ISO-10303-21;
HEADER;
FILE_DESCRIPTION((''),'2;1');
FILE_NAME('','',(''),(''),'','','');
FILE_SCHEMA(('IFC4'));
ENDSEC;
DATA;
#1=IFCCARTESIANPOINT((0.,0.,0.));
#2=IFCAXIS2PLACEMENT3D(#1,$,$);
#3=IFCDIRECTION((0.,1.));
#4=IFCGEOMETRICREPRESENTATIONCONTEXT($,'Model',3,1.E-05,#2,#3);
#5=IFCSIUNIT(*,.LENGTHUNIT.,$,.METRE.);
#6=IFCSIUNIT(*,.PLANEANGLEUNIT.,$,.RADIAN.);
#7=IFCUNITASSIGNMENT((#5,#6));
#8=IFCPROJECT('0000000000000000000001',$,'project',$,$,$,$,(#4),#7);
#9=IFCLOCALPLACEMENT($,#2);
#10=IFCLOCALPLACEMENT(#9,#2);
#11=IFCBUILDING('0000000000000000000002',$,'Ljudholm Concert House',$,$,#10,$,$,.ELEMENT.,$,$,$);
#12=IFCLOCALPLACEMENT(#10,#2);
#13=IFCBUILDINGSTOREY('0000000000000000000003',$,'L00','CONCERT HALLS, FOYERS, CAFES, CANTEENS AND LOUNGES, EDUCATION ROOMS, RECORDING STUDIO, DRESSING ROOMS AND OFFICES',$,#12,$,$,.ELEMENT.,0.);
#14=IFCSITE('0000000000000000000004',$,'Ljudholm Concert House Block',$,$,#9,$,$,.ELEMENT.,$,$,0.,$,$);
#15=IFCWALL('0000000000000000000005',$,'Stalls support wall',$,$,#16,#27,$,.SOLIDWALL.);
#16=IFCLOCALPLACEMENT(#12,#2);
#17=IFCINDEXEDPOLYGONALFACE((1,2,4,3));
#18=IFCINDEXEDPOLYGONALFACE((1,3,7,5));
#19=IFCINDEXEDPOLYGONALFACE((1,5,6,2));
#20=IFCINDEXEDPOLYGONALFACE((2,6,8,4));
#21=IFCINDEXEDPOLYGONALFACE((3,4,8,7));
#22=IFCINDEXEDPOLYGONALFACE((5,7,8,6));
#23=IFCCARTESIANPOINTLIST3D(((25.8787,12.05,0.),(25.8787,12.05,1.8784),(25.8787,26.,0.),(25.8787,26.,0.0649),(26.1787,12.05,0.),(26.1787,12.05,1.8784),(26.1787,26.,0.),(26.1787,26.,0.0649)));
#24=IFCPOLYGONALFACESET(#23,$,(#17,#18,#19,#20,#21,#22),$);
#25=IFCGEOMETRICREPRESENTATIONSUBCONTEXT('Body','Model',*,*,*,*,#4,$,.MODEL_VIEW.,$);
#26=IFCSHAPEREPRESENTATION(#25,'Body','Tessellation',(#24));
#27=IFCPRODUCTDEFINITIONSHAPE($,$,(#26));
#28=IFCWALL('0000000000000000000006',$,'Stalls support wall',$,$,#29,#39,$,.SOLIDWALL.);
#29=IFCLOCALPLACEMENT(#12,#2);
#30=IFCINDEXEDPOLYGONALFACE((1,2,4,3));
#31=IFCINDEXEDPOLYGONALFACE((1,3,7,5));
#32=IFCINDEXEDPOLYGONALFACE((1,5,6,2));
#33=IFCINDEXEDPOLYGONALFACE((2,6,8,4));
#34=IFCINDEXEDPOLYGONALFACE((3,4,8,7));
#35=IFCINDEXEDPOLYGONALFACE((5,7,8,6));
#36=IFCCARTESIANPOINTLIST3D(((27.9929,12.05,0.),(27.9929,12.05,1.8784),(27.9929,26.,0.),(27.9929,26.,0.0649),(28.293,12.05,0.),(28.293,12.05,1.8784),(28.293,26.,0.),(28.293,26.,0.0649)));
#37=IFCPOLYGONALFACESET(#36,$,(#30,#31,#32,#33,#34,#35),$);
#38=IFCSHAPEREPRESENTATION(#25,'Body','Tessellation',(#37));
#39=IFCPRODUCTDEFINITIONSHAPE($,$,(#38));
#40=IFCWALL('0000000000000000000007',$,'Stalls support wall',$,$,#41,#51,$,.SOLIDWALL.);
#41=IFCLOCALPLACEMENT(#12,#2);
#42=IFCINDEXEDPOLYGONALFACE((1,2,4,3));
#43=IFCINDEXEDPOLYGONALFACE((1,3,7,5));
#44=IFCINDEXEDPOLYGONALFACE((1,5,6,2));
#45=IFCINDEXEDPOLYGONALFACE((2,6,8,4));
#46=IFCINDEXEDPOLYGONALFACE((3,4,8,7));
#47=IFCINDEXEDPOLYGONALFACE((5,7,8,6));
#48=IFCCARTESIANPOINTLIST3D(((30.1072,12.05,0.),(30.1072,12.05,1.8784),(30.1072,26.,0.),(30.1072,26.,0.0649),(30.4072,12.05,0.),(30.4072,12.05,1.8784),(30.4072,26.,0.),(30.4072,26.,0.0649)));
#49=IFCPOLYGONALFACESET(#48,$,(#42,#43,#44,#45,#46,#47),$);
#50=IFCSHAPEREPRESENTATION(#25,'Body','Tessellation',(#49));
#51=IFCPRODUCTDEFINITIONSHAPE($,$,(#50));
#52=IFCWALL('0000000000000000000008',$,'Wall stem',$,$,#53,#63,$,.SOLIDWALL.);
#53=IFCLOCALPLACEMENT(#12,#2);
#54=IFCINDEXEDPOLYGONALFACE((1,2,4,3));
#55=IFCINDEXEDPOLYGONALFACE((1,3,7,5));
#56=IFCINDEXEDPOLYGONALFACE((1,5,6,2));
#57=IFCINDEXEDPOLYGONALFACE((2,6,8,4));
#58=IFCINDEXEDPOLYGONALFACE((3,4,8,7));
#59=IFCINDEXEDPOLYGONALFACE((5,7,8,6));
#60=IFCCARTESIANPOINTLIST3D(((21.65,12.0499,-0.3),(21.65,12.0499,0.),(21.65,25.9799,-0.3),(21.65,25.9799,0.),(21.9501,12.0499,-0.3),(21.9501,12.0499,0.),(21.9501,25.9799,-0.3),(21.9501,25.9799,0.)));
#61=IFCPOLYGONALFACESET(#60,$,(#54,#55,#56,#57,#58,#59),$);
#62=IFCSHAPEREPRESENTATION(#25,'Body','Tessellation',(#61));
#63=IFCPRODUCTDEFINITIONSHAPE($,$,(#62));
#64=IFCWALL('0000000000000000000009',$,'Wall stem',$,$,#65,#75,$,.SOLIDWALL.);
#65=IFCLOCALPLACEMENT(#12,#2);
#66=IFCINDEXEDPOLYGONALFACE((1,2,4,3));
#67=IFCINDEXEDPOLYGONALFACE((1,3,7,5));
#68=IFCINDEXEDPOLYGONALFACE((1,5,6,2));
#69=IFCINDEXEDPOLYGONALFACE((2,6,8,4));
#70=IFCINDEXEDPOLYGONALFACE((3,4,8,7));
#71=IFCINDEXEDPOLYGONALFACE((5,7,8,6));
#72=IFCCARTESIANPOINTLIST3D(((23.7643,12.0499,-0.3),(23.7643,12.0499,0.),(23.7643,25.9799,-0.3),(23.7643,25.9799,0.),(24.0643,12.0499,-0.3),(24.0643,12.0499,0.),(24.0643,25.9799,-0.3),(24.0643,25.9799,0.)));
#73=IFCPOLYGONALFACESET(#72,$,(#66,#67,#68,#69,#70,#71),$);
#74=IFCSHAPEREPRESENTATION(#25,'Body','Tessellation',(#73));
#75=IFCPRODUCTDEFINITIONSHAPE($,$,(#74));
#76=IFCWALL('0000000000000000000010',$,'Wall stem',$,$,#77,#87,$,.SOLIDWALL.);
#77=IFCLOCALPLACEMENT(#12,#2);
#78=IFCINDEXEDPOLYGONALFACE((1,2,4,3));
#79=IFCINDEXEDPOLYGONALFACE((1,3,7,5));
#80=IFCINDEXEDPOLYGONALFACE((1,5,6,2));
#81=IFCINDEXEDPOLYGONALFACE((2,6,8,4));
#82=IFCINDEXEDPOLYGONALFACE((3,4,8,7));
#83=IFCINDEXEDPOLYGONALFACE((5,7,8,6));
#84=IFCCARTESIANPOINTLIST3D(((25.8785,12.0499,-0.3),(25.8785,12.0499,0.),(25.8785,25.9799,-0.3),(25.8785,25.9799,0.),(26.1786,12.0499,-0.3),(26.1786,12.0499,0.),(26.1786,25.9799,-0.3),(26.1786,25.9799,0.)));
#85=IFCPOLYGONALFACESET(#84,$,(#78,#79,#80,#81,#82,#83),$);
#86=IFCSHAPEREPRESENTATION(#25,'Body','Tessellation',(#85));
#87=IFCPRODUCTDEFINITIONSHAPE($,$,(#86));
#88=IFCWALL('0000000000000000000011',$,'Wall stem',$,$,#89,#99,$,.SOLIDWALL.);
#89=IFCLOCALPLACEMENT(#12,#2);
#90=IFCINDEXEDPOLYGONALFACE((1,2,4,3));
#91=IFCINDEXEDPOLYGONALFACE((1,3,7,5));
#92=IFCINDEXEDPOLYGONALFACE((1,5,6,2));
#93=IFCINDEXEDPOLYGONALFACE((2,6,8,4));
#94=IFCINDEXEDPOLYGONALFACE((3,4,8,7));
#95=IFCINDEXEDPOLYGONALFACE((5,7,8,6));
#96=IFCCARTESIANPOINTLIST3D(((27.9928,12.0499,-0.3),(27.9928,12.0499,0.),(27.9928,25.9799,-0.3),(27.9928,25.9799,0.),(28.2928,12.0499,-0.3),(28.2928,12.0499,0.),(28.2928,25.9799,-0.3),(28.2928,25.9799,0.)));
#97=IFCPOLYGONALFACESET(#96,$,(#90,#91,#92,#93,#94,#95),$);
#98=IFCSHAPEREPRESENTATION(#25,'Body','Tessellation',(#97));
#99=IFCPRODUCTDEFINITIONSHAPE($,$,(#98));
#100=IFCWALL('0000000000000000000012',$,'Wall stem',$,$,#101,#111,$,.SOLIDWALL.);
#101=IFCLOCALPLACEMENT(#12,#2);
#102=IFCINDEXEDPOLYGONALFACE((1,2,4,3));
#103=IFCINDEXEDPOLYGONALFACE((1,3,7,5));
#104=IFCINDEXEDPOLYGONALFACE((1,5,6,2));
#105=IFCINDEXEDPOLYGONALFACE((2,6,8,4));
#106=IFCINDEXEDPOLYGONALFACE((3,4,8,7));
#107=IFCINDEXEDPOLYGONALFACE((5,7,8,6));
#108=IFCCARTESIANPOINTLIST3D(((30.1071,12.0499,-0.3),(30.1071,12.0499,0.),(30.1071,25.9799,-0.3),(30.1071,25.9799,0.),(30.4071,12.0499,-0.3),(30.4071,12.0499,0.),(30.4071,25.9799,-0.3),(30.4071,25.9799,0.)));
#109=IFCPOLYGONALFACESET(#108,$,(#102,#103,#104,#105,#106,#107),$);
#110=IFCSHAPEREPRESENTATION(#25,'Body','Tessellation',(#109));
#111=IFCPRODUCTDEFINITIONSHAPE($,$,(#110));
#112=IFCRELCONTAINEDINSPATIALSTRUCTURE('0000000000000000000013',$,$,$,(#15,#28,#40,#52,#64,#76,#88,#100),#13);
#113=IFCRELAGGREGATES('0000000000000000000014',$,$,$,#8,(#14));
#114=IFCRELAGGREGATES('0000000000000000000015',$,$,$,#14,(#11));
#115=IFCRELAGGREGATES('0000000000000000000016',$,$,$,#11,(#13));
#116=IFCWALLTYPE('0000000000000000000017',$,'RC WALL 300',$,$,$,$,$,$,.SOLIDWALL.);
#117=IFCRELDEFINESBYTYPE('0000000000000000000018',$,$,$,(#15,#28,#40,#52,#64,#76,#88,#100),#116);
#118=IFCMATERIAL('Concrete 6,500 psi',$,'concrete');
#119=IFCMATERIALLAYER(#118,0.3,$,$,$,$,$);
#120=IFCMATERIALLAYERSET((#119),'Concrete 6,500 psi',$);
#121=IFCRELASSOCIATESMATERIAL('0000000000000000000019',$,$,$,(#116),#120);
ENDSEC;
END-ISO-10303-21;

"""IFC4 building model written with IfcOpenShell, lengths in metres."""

from ifc_helpers import new_model, si_unit, direction, frame, frame_2d, origin, place, context, subcontext, project, spatial, polyline, rectangle, outline, extrude, material, layer, layer_set, type_object, element, save


model = new_model("IFC4")

# Units and contexts
model_context = context("Model", 3, precision=1e-05, world=origin(), true_north=direction((0.0, 1.0)))
body_context = subcontext(model_context, "Body", "Model", "MODEL_VIEW")
ifc_project = project(units=[si_unit("LENGTHUNIT", "METRE"), si_unit("PLANEANGLEUNIT", "RADIAN")], contexts=[model_context])

# Site, building, storey
site_placement = place(None, origin())
site = spatial("IfcSite", under=ifc_project, at=site_placement, Name="Ljudholm Concert House Block", CompositionType="ELEMENT", RefElevation=0.0)
building_placement = place(site_placement, origin())
building = spatial("IfcBuilding", under=site, at=building_placement, Name="Ljudholm Concert House", CompositionType="ELEMENT")
storey_placement = place(building_placement, origin())
storey = spatial("IfcBuildingStorey", under=building, at=storey_placement, Name="L00", Description="CONCERT HALLS, FOYERS, CAFES, CANTEENS AND LOUNGES, EDUCATION ROOMS, RECORDING STUDIO, DRESSING ROOMS AND OFFICES", CompositionType="ELEMENT", Elevation=0.0)

# Walls
ifc_material_1 = material(Name="Concrete 6,500 psi", Category="concrete")
ifc_layer = layer(ifc_material_1, 0.3)
ifc_layer_set = layer_set([ifc_layer], Name="Concrete 6,500 psi")
wall_type = type_object("IfcWallType", Name="RC WALL 300", PredefinedType="SOLIDWALL", material=ifc_layer_set)
for number, where, z_axis, x_axis, name in (
    (1, (26.0286, 12.05, 0.0), (0.0, 0.0, 1.0), (0.0, 1.0, 0.0), "Stalls support wall"),
    (2, (28.1428, 12.05, 0.0), (0.0, 0.0, 1.0), (0.0, 1.0, 0.0), "Stalls support wall"),
    (3, (30.2571, 12.05, 0.0), (0.0, 0.0, 1.0), (0.0, 1.0, 0.0), "Stalls support wall"),
):
    element("IfcWall", number, at=place(storey_placement, frame(where, z_axis=z_axis, x_axis=x_axis)), inside=storey, type_object=wall_type, Name=name, PredefinedType="SOLIDWALL", context=body_context, shape_type="SweptSolid", body=[
        extrude(outline(polyline([(0.0, 0.0), (13.95, 0.0), (13.95, 0.0649), (0.0, 1.8784), (0.0, 0.0)])), frame((0.0, 0.1499, 0.0), z_axis=(0.0, -1.0, 0.0), x_axis=(1.0, 0.0, 0.0)), (0.0, 0.0, 1.0), 0.3),
    ])
for number, where, z_axis, x_axis, name in (
    (4, (21.8, 12.05, -0.3), (0.0, 0.0, 1.0), (0.0, 1.0, 0.0), "Wall stem"),
    (5, (23.9143, 12.05, -0.3), (0.0, 0.0, 1.0), (0.0, 1.0, 0.0), "Wall stem"),
    (6, (26.0286, 12.05, -0.3), (0.0, 0.0, 1.0), (0.0, 1.0, 0.0), "Wall stem"),
    (7, (28.1428, 12.05, -0.3), (0.0, 0.0, 1.0), (0.0, 1.0, 0.0), "Wall stem"),
    (8, (30.2571, 12.05, -0.3), (0.0, 0.0, 1.0), (0.0, 1.0, 0.0), "Wall stem"),
):
    element("IfcWall", number, at=place(storey_placement, frame(where, z_axis=z_axis, x_axis=x_axis)), inside=storey, type_object=wall_type, Name=name, PredefinedType="SOLIDWALL", context=body_context, shape_type="SweptSolid", body=[
        extrude(rectangle(XDim=13.9299, YDim=0.3, at=frame_2d((6.9648, 0.0))), origin(), (0.0, 0.0, 1.0), 0.3),
    ])

save(model, "model.ifc")
